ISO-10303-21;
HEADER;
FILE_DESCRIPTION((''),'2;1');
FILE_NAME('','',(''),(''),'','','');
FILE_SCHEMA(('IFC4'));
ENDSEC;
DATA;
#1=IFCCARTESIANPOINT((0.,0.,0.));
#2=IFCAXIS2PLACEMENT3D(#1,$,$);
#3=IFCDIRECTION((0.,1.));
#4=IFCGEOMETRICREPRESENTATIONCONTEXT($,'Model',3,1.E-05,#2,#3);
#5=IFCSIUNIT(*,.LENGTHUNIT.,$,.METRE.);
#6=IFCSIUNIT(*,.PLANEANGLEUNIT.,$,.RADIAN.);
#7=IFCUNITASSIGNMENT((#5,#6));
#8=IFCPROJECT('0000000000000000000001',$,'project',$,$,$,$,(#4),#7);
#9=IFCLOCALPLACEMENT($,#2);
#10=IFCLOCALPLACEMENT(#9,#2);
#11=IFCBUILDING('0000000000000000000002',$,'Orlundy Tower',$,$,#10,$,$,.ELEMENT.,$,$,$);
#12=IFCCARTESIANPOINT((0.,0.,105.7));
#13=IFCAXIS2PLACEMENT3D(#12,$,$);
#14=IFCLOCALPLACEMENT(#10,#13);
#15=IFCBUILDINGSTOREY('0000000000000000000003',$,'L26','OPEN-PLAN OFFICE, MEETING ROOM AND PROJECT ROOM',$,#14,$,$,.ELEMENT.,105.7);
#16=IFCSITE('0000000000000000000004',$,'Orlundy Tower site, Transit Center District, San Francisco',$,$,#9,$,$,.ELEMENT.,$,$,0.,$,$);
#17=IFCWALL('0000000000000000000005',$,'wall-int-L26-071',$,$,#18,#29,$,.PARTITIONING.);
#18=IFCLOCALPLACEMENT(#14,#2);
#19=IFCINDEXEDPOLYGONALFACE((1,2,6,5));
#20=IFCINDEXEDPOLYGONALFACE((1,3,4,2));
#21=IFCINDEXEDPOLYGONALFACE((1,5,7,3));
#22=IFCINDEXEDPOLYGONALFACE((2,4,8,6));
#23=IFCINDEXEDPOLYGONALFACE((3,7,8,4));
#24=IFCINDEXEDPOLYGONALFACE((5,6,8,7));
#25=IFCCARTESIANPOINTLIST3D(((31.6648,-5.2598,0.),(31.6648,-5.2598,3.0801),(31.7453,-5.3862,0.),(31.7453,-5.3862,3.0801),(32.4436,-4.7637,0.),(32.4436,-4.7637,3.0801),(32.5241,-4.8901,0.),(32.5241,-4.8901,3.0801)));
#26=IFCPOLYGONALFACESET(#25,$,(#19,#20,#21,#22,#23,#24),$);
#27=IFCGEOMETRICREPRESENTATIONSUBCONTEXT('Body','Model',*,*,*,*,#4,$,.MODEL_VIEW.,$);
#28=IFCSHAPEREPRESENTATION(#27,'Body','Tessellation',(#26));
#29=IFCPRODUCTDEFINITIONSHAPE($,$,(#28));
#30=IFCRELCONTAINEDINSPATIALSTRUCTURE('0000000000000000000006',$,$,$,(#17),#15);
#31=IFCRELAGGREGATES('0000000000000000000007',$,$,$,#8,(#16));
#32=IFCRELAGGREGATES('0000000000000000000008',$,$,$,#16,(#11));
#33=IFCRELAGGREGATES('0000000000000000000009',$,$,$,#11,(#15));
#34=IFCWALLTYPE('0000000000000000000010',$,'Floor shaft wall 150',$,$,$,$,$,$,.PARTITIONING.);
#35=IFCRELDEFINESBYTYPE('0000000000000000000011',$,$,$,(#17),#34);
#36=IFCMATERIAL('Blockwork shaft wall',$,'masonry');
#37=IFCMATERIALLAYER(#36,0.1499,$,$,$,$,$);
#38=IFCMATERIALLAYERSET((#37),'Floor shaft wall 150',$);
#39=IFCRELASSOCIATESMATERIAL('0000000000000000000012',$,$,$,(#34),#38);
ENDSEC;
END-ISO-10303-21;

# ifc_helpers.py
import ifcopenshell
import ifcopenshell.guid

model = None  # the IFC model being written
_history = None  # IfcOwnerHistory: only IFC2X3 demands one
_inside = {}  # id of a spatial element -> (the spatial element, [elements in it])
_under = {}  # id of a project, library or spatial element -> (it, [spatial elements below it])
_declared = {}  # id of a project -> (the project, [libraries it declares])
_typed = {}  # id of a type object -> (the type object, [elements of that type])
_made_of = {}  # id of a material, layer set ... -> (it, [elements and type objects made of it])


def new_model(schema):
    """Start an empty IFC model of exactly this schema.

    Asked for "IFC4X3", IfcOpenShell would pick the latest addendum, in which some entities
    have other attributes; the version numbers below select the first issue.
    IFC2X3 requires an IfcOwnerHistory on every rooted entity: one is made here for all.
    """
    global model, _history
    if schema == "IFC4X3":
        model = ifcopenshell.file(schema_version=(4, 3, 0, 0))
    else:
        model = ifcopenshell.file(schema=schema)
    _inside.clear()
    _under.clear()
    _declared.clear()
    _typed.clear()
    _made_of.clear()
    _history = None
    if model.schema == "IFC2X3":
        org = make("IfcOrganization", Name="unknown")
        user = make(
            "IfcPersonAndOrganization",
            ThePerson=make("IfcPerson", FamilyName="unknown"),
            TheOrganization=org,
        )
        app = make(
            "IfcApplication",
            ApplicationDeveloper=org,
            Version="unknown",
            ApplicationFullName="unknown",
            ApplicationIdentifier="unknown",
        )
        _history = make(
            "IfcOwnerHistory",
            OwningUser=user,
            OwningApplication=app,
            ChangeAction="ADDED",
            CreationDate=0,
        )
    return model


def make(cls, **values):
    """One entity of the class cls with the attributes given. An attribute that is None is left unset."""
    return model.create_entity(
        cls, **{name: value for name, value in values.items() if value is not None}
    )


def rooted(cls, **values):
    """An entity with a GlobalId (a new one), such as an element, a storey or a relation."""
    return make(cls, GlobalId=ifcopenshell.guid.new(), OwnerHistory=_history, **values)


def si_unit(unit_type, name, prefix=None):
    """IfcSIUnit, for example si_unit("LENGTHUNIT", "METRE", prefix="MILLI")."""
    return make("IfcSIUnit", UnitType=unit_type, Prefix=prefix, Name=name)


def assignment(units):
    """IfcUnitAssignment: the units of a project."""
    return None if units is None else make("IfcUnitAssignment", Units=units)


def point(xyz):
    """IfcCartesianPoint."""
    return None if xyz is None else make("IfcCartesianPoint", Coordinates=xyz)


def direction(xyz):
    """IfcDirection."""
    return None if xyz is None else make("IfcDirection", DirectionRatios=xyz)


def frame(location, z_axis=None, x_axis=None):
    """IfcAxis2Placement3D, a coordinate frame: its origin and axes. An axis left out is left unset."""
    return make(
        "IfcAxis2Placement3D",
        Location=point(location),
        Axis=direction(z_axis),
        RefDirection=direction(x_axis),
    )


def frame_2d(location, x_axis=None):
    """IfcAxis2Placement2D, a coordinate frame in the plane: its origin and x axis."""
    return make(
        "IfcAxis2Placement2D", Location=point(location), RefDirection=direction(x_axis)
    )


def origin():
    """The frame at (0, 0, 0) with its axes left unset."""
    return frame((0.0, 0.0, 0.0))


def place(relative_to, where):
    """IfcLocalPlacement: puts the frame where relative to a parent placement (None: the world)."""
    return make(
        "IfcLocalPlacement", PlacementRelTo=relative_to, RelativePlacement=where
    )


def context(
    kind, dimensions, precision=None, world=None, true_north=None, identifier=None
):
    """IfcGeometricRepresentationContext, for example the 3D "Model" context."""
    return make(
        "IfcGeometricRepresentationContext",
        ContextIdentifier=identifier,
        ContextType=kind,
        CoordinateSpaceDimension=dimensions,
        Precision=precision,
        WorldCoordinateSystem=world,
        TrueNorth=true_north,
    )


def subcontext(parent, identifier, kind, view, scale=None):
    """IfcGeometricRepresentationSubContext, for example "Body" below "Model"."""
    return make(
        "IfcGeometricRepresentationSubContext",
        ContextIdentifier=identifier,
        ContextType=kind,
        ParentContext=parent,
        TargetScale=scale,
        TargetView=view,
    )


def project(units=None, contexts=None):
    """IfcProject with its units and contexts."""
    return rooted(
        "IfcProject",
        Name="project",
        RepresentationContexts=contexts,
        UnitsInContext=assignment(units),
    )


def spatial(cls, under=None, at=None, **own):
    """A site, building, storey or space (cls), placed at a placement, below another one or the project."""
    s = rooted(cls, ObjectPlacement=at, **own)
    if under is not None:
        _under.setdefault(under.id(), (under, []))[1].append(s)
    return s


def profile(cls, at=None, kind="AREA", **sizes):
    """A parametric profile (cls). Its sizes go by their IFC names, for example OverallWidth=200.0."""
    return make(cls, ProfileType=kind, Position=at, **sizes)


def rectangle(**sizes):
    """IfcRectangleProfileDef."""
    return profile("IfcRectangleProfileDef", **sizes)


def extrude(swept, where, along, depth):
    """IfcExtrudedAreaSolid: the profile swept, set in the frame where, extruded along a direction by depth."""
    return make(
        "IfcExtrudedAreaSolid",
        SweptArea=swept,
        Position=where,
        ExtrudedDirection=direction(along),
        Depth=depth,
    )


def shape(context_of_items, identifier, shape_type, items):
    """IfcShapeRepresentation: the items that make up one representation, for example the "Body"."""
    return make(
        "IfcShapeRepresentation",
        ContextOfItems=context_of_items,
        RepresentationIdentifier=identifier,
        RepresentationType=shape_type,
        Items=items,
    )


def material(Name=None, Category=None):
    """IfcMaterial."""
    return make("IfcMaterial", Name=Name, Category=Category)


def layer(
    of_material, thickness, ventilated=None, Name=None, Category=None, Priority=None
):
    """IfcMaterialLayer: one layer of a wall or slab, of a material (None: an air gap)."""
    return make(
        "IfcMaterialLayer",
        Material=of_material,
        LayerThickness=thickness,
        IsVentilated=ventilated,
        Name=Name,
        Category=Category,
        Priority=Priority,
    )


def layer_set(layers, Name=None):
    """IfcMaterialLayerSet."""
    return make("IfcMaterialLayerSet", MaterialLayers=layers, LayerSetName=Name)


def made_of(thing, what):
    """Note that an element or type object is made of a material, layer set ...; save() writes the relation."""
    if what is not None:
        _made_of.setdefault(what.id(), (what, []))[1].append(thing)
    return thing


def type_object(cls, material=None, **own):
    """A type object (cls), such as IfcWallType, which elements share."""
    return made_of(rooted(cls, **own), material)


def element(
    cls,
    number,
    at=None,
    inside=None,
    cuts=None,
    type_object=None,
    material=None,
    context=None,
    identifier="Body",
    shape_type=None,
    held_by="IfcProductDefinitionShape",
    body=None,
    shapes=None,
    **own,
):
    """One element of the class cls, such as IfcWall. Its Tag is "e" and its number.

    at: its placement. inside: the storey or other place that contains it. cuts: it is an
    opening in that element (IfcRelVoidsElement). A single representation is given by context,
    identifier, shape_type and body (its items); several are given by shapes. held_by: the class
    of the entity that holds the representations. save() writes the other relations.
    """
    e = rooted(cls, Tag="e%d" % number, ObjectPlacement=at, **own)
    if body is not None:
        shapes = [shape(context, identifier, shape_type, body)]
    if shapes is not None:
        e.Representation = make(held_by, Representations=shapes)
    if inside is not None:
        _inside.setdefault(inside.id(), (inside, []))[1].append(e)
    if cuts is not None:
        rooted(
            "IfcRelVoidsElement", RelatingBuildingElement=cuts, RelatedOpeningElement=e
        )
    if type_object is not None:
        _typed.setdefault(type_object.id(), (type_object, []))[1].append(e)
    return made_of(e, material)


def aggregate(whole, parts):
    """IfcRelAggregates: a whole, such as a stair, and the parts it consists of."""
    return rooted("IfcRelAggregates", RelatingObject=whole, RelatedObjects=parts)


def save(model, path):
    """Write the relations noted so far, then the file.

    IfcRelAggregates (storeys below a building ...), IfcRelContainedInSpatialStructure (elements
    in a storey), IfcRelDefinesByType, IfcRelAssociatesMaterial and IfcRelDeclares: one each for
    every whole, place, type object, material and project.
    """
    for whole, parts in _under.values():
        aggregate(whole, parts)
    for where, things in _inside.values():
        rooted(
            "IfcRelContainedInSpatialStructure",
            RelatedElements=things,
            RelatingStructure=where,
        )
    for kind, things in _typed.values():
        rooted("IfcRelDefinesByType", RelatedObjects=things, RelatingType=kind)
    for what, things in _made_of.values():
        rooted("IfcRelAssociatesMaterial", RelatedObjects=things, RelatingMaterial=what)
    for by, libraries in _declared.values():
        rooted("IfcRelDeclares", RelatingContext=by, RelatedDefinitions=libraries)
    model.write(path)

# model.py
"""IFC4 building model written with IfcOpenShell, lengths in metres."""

from ifc_helpers import new_model, si_unit, direction, frame, frame_2d, origin, place, context, subcontext, project, spatial, rectangle, extrude, material, layer, layer_set, type_object, element, save


model = new_model("IFC4")

# Units and contexts
model_context = context("Model", 3, precision=1e-05, world=origin(), true_north=direction((0.0, 1.0)))
body_context = subcontext(model_context, "Body", "Model", "MODEL_VIEW")
ifc_project = project(units=[si_unit("LENGTHUNIT", "METRE"), si_unit("PLANEANGLEUNIT", "RADIAN")], contexts=[model_context])

# Site, building, storey
site_placement = place(None, origin())
site = spatial("IfcSite", under=ifc_project, at=site_placement, Name="Orlundy Tower site, Transit Center District, San Francisco", CompositionType="ELEMENT", RefElevation=0.0)
building_placement = place(site_placement, origin())
building = spatial("IfcBuilding", under=site, at=building_placement, Name="Orlundy Tower", CompositionType="ELEMENT")
storey_placement = place(building_placement, frame((0.0, 0.0, 105.7)))
storey = spatial("IfcBuildingStorey", under=building, at=storey_placement, Name="L26", Description="OPEN-PLAN OFFICE, MEETING ROOM AND PROJECT ROOM", CompositionType="ELEMENT", Elevation=105.7)

# Wall
ifc_material_1 = material(Name="Blockwork shaft wall", Category="masonry")
ifc_layer_1 = layer(ifc_material_1, 0.1499)
ifc_layer_set_1 = layer_set([ifc_layer_1], Name="Floor shaft wall 150")
wall_type_1 = type_object("IfcWallType", Name="Floor shaft wall 150", PredefinedType="PARTITIONING", material=ifc_layer_set_1)
wall_1_placement = place(storey_placement, frame((31.7051, -5.323, 0.0), z_axis=(0.0, 0.0, 1.0), x_axis=(0.843422, 0.537252, 0.0)))
element("IfcWall", 1, at=wall_1_placement, inside=storey, type_object=wall_type_1, Name="wall-int-L26-071", PredefinedType="PARTITIONING", context=body_context, shape_type="SweptSolid", body=[
    extrude(rectangle(XDim=0.9233, YDim=0.1499, at=frame_2d((0.4617, 0.0))), origin(), (0.0, 0.0, 1.0), 3.0801),
])

save(model, "model.ifc")
